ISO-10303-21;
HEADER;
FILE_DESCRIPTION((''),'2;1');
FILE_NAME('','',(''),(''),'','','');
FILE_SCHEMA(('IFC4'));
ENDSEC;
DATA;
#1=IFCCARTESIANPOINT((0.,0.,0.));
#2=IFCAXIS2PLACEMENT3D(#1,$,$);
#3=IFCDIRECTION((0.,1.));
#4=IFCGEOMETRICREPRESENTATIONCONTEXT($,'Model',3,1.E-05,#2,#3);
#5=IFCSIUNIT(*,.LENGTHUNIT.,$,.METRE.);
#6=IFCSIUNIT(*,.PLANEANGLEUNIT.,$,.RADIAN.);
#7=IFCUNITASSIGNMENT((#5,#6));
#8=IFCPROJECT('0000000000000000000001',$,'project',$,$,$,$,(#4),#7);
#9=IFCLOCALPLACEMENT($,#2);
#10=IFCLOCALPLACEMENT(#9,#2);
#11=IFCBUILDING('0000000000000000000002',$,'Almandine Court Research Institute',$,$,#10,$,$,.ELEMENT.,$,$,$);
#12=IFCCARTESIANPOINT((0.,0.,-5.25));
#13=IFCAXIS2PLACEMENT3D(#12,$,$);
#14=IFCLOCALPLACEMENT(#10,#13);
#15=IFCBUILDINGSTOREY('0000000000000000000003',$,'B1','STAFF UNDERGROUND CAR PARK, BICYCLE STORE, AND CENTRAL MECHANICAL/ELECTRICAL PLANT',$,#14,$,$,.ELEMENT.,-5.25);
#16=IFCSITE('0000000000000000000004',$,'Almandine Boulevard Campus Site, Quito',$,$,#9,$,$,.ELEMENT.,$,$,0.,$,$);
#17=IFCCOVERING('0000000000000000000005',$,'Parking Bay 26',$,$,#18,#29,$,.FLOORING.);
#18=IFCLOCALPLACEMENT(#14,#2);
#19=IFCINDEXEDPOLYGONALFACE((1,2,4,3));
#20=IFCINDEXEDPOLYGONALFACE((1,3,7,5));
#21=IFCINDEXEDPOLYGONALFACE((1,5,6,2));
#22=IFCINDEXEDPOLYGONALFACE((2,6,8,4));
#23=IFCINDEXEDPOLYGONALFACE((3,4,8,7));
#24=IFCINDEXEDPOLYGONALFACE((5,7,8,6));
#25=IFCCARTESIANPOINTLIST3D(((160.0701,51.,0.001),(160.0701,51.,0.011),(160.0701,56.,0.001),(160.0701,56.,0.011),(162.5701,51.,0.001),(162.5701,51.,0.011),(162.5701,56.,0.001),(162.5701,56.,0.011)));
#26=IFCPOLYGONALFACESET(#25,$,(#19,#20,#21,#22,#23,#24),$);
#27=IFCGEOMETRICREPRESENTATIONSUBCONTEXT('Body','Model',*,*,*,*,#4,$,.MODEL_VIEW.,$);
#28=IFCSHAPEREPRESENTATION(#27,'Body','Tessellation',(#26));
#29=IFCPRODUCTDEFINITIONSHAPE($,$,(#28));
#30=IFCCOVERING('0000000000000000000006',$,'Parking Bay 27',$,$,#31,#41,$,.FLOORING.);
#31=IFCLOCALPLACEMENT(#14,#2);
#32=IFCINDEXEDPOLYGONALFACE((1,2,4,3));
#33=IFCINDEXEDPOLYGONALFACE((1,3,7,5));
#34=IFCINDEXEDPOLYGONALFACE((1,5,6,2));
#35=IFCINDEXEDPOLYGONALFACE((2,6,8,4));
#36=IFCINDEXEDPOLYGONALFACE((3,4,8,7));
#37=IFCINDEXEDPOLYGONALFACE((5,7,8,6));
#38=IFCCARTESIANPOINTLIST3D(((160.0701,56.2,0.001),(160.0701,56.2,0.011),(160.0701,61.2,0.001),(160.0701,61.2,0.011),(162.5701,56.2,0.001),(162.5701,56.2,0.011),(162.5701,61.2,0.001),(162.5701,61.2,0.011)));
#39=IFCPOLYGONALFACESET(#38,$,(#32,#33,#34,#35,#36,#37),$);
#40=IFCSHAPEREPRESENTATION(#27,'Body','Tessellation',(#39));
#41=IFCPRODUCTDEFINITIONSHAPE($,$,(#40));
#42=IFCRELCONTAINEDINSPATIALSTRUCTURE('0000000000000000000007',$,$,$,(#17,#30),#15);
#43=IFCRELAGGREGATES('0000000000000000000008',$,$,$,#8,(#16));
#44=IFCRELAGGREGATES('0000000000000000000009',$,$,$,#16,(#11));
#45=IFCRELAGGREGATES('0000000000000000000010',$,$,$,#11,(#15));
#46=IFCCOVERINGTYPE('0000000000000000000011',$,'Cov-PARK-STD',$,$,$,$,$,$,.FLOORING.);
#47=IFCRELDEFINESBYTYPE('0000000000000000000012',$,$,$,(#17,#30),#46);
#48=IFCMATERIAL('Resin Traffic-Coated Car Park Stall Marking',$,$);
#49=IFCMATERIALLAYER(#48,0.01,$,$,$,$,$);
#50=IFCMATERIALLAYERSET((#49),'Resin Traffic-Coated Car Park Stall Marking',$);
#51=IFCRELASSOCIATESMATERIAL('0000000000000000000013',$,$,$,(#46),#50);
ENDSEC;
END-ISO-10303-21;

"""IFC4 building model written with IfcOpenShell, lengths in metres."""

from ifc_helpers import new_model, si_unit, direction, frame, origin, origin_2d, place, context, subcontext, project, spatial, rectangle, extrude, material, layer, layer_set, type_object, element, save


model = new_model("IFC4")

# Units and contexts
model_context = context("Model", 3, precision=1e-05, world=origin(), true_north=direction((0.0, 1.0)))
body_context = subcontext(model_context, "Body", "Model", "MODEL_VIEW")
ifc_project = project(units=[si_unit("LENGTHUNIT", "METRE"), si_unit("PLANEANGLEUNIT", "RADIAN")], contexts=[model_context])

# Site, building, storey
site_placement = place(None, origin())
site = spatial("IfcSite", under=ifc_project, at=site_placement, Name="Almandine Boulevard Campus Site, Quito", CompositionType="ELEMENT", RefElevation=0.0)
building_placement = place(site_placement, origin())
building = spatial("IfcBuilding", under=site, at=building_placement, Name="Almandine Court Research Institute", CompositionType="ELEMENT")
storey_placement = place(building_placement, frame((0.0, 0.0, -5.25)))
storey = spatial("IfcBuildingStorey", under=building, at=storey_placement, Name="B1", Description="STAFF UNDERGROUND CAR PARK, BICYCLE STORE, AND CENTRAL MECHANICAL/ELECTRICAL PLANT", CompositionType="ELEMENT", Elevation=-5.25)

# Coverings
ifc_material_1 = material(Name="Resin Traffic-Coated Car Park Stall Marking")
ifc_layer_1 = layer(ifc_material_1, 0.01)
ifc_layer_set_1 = layer_set([ifc_layer_1], Name="Resin Traffic-Coated Car Park Stall Marking")
covering_type = type_object("IfcCoveringType", Name="Cov-PARK-STD", PredefinedType="FLOORING", material=ifc_layer_set_1)
for number, where, z_axis, x_axis, name in (
    (1, (161.3201, 53.5, 0.001), (0.0, 0.0, 1.0), (0.0, 1.0, 0.0), "Parking Bay 26"),
    (2, (161.3201, 58.7, 0.001), (0.0, 0.0, 1.0), (0.0, 1.0, 0.0), "Parking Bay 27"),
):
    element("IfcCovering", number, at=place(storey_placement, frame(where, z_axis=z_axis, x_axis=x_axis)), inside=storey, type_object=covering_type, Name=name, PredefinedType="FLOORING", context=body_context, shape_type="SweptSolid", body=[
        extrude(rectangle(XDim=5.0, YDim=2.5, at=origin_2d()), origin(), (0.0, 0.0, 1.0), 0.01),
    ])

save(model, "model.ifc")
